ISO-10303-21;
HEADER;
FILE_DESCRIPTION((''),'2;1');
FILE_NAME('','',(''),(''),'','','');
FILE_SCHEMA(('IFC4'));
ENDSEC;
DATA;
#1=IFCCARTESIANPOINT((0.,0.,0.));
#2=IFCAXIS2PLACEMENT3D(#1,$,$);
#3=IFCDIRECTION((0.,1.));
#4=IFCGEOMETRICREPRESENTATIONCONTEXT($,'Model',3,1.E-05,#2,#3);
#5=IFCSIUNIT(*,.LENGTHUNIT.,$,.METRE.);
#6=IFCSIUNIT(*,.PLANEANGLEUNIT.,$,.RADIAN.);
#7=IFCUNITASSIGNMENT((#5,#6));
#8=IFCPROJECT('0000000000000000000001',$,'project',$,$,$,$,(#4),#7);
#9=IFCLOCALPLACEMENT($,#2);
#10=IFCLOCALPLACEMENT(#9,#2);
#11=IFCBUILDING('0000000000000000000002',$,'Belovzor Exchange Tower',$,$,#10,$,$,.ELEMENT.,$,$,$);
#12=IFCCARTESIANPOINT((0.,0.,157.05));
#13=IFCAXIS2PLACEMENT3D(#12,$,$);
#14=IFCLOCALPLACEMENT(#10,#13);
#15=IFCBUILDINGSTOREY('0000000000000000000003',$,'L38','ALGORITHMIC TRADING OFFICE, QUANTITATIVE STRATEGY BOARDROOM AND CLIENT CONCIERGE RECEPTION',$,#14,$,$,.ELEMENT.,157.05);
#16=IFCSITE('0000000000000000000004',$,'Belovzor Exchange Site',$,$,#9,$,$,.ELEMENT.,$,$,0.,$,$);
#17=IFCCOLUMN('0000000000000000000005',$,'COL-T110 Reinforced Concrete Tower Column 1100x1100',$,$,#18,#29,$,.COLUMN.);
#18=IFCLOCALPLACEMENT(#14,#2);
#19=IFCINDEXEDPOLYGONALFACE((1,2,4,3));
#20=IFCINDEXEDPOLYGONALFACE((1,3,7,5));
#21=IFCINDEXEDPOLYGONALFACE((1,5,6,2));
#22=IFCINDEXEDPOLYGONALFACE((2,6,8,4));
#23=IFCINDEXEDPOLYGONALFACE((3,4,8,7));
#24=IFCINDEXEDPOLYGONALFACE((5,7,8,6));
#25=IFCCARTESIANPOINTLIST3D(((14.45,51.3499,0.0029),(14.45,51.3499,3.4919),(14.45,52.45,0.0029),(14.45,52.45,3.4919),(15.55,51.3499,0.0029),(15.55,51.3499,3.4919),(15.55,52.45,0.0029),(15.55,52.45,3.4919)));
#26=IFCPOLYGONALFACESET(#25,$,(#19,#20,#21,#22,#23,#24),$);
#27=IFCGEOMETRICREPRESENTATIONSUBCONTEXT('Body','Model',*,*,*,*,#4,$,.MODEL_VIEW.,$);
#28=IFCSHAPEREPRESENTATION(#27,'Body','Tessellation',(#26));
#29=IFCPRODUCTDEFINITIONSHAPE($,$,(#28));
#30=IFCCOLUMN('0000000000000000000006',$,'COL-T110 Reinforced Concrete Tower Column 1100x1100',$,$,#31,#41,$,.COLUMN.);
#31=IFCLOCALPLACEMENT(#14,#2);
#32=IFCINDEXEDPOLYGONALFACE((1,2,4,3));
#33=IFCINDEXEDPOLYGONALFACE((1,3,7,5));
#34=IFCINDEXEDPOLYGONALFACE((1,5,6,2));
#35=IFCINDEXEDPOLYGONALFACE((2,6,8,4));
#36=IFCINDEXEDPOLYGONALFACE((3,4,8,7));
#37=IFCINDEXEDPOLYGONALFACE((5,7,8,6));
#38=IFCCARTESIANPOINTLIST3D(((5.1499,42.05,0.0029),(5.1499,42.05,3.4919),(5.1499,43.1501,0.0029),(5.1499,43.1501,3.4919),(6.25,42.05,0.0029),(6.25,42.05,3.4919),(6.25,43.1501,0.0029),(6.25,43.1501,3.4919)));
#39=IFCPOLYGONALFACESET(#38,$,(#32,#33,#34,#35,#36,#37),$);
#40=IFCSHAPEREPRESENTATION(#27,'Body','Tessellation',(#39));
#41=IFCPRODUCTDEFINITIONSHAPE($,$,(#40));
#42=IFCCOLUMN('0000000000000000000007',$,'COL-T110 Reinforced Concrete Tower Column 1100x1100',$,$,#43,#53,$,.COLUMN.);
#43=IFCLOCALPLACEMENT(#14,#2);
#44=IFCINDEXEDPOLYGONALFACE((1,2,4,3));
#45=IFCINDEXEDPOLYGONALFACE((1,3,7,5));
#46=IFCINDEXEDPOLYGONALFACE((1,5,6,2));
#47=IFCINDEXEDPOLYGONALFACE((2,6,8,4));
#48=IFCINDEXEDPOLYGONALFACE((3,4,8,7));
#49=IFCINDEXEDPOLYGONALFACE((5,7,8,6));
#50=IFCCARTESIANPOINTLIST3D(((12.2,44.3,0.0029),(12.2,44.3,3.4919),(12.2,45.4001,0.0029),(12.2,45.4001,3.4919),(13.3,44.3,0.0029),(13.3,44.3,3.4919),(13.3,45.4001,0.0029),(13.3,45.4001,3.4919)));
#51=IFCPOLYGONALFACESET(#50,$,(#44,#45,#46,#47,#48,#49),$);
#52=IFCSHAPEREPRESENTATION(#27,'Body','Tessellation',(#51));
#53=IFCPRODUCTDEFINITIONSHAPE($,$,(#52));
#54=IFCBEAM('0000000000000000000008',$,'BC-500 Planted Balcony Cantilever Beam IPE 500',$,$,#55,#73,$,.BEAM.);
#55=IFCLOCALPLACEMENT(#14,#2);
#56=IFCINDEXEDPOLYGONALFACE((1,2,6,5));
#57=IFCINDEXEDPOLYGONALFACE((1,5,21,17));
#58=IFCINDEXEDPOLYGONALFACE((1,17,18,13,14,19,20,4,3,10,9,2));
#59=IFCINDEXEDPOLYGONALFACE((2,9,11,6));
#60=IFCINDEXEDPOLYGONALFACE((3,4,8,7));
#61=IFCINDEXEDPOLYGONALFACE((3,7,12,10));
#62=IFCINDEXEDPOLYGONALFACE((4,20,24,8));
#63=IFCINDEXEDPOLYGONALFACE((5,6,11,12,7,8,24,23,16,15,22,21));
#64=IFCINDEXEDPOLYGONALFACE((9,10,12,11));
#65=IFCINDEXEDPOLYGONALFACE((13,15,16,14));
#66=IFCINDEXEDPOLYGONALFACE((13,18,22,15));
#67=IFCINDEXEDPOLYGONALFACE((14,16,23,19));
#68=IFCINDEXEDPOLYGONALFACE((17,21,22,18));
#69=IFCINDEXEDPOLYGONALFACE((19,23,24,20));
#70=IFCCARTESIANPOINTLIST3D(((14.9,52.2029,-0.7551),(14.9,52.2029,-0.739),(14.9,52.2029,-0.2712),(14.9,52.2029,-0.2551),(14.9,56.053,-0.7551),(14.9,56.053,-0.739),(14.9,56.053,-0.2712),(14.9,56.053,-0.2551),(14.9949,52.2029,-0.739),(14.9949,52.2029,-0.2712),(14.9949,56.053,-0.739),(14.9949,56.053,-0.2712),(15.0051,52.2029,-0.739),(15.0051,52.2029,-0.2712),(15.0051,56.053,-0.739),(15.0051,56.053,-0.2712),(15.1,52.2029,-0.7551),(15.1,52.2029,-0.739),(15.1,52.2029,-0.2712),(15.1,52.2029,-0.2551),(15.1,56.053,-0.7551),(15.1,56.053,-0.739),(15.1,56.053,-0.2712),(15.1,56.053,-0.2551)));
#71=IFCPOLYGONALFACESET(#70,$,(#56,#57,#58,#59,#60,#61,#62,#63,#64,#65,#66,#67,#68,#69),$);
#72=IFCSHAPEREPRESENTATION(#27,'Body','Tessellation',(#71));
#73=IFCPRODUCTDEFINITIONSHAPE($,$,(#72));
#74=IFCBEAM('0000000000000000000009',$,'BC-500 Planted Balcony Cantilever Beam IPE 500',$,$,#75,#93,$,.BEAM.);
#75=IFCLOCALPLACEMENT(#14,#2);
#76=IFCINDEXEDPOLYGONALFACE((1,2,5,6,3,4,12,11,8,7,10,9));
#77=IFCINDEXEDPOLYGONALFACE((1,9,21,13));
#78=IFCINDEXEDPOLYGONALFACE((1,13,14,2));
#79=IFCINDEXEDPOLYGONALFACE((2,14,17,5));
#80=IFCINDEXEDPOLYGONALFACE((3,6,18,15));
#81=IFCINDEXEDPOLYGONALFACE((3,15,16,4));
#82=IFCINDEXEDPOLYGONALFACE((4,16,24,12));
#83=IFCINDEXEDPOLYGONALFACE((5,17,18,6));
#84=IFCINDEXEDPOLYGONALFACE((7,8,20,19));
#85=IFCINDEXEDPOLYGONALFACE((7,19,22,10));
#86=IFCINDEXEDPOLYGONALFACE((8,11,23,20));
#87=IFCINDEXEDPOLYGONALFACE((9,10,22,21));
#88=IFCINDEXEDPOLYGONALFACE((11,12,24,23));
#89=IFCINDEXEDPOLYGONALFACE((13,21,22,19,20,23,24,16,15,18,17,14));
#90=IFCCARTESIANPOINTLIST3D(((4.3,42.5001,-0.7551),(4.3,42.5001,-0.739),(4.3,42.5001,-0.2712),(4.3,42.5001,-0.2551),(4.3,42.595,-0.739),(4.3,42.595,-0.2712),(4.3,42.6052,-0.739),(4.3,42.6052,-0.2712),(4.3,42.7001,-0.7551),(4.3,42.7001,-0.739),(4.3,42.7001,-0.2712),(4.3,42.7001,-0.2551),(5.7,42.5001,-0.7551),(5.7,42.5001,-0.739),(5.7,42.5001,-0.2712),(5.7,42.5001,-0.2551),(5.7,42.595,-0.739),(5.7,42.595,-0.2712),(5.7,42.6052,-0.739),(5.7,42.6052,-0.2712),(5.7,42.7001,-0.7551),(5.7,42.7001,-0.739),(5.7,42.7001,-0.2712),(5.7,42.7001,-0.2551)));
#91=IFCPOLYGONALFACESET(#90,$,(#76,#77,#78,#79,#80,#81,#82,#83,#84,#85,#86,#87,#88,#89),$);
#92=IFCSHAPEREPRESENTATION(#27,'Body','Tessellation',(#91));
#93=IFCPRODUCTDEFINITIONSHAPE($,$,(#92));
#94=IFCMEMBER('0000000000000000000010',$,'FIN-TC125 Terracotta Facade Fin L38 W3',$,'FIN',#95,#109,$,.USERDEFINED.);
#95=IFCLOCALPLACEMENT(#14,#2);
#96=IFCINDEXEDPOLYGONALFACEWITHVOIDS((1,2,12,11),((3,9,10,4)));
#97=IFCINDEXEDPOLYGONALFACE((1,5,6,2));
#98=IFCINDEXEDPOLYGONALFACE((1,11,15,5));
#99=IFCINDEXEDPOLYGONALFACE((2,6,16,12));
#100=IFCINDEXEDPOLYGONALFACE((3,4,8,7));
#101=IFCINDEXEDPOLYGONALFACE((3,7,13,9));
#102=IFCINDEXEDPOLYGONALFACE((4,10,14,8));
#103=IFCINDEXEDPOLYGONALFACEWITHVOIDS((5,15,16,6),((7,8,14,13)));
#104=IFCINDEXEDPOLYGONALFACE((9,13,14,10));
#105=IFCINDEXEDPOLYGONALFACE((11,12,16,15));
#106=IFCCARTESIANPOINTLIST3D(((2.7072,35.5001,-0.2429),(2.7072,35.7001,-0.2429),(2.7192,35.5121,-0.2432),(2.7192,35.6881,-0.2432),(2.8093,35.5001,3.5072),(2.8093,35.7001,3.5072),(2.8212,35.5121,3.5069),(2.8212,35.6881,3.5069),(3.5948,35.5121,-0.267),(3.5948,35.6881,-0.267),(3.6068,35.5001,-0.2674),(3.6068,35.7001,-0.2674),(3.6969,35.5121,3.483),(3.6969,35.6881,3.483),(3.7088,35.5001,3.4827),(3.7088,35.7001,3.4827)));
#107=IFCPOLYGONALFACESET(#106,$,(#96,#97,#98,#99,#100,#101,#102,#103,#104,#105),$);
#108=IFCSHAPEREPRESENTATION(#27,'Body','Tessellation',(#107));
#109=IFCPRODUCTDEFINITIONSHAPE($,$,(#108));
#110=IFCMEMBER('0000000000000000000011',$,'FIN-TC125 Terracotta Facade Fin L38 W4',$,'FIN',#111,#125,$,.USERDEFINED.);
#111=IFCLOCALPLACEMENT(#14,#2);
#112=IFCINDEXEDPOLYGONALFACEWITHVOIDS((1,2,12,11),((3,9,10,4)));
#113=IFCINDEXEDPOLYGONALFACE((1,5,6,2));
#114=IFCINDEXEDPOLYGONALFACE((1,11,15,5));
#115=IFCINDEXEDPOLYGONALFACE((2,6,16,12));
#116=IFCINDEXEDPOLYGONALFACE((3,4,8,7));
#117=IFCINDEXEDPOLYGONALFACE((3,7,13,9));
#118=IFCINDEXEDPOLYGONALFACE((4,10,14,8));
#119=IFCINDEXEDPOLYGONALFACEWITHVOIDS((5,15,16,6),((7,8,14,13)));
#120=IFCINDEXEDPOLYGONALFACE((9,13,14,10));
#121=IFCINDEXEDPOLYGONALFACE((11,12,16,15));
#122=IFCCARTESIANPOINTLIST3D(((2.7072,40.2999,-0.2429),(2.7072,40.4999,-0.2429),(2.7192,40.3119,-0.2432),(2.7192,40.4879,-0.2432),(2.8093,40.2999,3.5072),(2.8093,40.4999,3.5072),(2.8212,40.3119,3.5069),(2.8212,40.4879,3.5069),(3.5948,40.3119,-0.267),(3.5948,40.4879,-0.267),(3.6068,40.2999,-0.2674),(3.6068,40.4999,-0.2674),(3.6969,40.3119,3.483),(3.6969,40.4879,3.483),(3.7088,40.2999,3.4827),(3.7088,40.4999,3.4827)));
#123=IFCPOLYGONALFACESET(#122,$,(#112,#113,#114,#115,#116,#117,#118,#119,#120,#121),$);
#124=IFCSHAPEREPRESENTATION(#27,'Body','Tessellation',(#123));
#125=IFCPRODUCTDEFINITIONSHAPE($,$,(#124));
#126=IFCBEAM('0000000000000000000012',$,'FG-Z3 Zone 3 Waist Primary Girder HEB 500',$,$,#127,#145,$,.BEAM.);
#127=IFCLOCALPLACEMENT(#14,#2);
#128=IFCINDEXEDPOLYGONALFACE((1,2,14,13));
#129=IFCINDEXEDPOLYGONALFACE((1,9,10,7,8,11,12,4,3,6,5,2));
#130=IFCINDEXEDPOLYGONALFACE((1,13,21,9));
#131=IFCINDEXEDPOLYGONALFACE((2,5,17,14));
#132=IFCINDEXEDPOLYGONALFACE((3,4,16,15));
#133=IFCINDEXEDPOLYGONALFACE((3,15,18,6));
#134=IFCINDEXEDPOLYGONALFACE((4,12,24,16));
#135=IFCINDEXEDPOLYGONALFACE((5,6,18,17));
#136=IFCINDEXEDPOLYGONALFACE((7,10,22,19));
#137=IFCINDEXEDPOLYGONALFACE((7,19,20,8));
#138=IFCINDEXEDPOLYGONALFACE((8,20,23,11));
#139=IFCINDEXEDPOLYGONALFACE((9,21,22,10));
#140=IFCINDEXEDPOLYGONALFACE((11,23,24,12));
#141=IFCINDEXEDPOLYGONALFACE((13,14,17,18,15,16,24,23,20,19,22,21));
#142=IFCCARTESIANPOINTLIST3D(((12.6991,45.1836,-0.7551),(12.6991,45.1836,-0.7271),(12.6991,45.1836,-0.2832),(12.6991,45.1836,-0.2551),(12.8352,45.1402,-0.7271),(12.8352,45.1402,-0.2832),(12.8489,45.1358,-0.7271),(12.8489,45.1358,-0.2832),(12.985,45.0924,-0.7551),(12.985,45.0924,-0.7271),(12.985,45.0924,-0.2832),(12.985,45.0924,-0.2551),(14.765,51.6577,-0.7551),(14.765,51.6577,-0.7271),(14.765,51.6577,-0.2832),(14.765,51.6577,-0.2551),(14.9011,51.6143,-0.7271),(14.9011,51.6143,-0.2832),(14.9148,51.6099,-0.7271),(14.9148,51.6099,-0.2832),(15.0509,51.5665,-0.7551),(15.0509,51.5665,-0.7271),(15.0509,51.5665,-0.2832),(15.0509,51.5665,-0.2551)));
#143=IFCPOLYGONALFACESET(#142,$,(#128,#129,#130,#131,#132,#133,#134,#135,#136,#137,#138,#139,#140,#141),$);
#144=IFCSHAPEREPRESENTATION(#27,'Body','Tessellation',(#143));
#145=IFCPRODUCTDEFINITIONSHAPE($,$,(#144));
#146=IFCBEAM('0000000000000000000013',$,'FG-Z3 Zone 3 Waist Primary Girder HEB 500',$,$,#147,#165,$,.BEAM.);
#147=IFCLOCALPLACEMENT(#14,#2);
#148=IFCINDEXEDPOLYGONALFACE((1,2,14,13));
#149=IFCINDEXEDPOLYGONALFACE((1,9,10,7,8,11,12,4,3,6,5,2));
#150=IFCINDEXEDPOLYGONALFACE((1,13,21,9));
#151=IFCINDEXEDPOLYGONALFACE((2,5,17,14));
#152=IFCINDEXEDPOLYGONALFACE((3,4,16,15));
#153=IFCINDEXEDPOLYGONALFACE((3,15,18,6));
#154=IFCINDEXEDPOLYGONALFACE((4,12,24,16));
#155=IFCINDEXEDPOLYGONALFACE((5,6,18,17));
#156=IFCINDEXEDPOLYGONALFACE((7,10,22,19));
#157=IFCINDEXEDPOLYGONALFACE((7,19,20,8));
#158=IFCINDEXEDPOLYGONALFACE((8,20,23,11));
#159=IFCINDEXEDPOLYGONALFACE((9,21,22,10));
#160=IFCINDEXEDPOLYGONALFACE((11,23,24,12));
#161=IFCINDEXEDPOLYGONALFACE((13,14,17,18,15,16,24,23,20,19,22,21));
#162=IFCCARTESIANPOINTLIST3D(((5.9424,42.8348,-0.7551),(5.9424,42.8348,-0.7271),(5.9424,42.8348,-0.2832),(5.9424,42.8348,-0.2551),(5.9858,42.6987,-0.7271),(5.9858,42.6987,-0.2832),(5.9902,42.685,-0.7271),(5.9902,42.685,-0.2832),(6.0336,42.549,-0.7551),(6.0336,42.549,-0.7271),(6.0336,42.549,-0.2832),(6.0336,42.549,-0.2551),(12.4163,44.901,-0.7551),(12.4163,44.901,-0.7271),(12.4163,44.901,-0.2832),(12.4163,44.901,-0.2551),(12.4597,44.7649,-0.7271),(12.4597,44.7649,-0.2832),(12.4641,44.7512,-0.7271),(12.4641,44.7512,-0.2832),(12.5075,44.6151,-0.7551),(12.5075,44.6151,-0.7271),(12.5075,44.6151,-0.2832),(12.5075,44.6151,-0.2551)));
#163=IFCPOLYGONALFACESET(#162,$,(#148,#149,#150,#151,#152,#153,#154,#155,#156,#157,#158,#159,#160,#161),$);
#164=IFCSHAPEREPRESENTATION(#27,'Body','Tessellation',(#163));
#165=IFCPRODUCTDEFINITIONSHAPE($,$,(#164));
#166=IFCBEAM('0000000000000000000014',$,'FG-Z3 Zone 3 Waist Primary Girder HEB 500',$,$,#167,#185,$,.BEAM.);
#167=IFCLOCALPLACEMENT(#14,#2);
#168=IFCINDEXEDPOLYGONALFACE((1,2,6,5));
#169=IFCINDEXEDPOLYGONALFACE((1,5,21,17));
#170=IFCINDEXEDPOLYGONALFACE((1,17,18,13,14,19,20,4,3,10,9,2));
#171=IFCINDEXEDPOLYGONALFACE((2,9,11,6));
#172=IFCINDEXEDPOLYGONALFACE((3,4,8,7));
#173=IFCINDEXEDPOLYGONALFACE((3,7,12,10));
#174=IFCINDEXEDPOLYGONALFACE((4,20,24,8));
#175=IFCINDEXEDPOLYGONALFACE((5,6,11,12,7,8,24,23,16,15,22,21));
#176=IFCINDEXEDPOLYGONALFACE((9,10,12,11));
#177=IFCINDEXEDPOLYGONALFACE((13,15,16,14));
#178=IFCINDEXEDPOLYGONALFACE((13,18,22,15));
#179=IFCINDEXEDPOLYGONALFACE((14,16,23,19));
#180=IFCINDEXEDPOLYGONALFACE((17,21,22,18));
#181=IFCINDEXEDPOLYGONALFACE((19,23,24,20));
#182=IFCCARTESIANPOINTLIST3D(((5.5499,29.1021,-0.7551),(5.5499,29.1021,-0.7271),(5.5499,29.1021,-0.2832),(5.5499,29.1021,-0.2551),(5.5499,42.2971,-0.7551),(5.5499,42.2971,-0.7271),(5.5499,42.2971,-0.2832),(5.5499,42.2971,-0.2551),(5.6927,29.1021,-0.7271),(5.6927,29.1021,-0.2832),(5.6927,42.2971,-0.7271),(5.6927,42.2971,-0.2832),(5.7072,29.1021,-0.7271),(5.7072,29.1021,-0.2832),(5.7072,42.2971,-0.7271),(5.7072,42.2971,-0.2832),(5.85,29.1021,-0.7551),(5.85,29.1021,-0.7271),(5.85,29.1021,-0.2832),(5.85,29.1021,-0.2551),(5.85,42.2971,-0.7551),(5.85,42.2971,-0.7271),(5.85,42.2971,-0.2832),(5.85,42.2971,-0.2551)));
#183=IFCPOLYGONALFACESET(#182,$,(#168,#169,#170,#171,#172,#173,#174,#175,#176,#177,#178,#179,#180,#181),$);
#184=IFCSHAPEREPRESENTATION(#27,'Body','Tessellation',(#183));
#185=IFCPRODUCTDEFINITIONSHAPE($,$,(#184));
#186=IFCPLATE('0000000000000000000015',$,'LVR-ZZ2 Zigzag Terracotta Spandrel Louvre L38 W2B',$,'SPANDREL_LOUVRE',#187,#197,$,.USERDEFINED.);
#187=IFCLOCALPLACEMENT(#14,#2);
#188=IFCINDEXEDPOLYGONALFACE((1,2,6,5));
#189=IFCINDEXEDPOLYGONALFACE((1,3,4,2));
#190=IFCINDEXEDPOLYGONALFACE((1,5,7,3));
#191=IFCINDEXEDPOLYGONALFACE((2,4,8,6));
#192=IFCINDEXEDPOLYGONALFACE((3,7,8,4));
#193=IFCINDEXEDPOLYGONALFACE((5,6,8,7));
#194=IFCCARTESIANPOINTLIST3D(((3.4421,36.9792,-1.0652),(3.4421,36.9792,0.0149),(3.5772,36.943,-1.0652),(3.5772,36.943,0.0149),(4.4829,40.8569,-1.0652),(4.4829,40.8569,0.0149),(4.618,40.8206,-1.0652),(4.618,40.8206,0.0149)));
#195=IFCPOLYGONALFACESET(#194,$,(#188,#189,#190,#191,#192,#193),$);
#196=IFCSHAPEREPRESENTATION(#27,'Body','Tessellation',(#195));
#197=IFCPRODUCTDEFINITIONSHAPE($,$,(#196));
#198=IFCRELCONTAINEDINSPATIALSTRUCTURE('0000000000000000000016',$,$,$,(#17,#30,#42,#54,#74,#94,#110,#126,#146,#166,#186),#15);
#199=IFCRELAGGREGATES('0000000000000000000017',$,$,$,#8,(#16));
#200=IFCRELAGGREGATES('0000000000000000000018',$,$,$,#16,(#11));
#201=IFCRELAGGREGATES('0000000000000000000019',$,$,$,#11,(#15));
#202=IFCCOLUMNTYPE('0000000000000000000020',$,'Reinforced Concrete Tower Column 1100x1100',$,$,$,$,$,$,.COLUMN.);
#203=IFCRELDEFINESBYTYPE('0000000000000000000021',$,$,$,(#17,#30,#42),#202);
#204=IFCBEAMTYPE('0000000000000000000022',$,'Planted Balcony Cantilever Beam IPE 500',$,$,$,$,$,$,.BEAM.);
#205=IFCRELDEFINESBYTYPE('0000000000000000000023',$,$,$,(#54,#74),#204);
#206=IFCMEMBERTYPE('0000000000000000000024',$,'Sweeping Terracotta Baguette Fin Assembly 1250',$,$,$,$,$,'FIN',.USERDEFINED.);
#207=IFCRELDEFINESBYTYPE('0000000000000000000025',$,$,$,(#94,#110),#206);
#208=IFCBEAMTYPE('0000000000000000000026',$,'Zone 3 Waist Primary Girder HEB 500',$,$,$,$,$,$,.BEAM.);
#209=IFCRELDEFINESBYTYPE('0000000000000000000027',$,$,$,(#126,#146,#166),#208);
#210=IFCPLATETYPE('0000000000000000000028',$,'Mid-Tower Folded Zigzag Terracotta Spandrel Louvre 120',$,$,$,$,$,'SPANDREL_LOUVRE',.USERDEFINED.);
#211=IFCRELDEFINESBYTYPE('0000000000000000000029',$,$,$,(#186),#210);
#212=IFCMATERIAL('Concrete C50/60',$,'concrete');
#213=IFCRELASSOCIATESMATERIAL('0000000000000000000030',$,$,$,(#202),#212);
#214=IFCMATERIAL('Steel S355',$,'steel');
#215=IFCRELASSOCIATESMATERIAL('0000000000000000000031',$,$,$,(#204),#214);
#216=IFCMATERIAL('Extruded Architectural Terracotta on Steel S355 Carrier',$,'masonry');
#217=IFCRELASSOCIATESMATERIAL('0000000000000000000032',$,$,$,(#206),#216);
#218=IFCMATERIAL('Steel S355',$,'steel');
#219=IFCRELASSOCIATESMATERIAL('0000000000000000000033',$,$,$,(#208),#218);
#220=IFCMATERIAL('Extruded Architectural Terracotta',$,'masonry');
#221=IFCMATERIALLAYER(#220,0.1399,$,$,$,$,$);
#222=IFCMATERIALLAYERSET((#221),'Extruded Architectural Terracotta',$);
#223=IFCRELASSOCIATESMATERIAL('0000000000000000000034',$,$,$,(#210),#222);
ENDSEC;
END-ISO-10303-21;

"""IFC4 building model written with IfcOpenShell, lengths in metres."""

from ifc_helpers import new_model, si_unit, direction, frame, origin, origin_2d, place, context, subcontext, project, spatial, rectangle, hollow_rectangle, i_section, extrude, material, layer, layer_set, material_profile, profile_set, type_object, element, save


model = new_model("IFC4")

# Units and contexts
model_context = context("Model", 3, precision=1e-05, world=origin(), true_north=direction((0.0, 1.0)))
body_context = subcontext(model_context, "Body", "Model", "MODEL_VIEW")
ifc_project = project(units=[si_unit("LENGTHUNIT", "METRE"), si_unit("PLANEANGLEUNIT", "RADIAN")], contexts=[model_context])

# Site, building, storey
site_placement = place(None, origin())
site = spatial("IfcSite", under=ifc_project, at=site_placement, Name="Belovzor Exchange Site", CompositionType="ELEMENT", RefElevation=0.0)
building_placement = place(site_placement, origin())
building = spatial("IfcBuilding", under=site, at=building_placement, Name="Belovzor Exchange Tower", CompositionType="ELEMENT")
storey_placement = place(building_placement, frame((0.0, 0.0, 157.05)))
storey = spatial("IfcBuildingStorey", under=building, at=storey_placement, Name="L38", Description="ALGORITHMIC TRADING OFFICE, QUANTITATIVE STRATEGY BOARDROOM AND CLIENT CONCIERGE RECEPTION", CompositionType="ELEMENT", Elevation=157.05)

# Columns
ifc_material_1 = material(Name="Concrete C50/60", Category="concrete")
ifc_material_profile_1 = material_profile(ifc_material_1, rectangle(XDim=1.1001, YDim=1.1001, at=origin_2d()))
ifc_profile_set_1 = profile_set([ifc_material_profile_1], Name="Concrete C50/60")
column_type = type_object("IfcColumnType", Name="Reinforced Concrete Tower Column 1100x1100", PredefinedType="COLUMN", material=ifc_profile_set_1)
for number, where, z_axis, x_axis, name in (
    (1, (15.0, 51.8999, 0.0029), (0.0, 0.0, 1.0), (1.0, 0.0, 0.0), "COL-T110 Reinforced Concrete Tower Column 1100x1100"),
    (2, (5.7, 42.6001, 0.0029), (0.0, 0.0, 1.0), (1.0, 0.0, 0.0), "COL-T110 Reinforced Concrete Tower Column 1100x1100"),
    (3, (12.75, 44.8501, 0.0029), (0.0, 0.0, 1.0), (1.0, 0.0, 0.0), "COL-T110 Reinforced Concrete Tower Column 1100x1100"),
):
    element("IfcColumn", number, at=place(storey_placement, frame(where, z_axis=z_axis, x_axis=x_axis)), inside=storey, type_object=column_type, Name=name, PredefinedType="COLUMN", context=body_context, shape_type="SweptSolid", body=[
        extrude(rectangle(XDim=1.1001, YDim=1.1001, at=origin_2d()), origin(), (0.0, 0.0, 1.0), 3.489),
    ])

# Beams
ifc_material_2 = material(Name="Steel S355", Category="steel")
ifc_material_profile_2 = material_profile(ifc_material_2, i_section(OverallWidth=0.2, OverallDepth=0.5, WebThickness=0.0103, FlangeThickness=0.0161, at=origin_2d()))
ifc_profile_set_2 = profile_set([ifc_material_profile_2], Name="Steel S355")
beam_type_1 = type_object("IfcBeamType", Name="Planted Balcony Cantilever Beam IPE 500", PredefinedType="BEAM", material=ifc_profile_set_2)
beam_1_placement = place(storey_placement, frame((15.0, 52.2029, -0.5051), z_axis=(0.0, 1.0, 0.0), x_axis=(-1.0, 0.0, 0.0)))
element("IfcBeam", 4, at=beam_1_placement, inside=storey, type_object=beam_type_1, Name="BC-500 Planted Balcony Cantilever Beam IPE 500", PredefinedType="BEAM", context=body_context, shape_type="SweptSolid", body=[
    extrude(i_section(OverallWidth=0.2, OverallDepth=0.5, WebThickness=0.0103, FlangeThickness=0.0161, at=origin_2d()), origin(), (0.0, 0.0, 1.0), 3.8501),
])
beam_2_placement = place(storey_placement, frame((5.7, 42.6001, -0.5051), z_axis=(-1.0, 0.0, 0.0), x_axis=(0.0, -1.0, 0.0)))
element("IfcBeam", 5, at=beam_2_placement, inside=storey, type_object=beam_type_1, Name="BC-500 Planted Balcony Cantilever Beam IPE 500", PredefinedType="BEAM", context=body_context, shape_type="SweptSolid", body=[
    extrude(i_section(OverallWidth=0.2, OverallDepth=0.5, WebThickness=0.0103, FlangeThickness=0.0161, at=origin_2d()), origin(), (0.0, 0.0, 1.0), 1.3999),
])

# Members
ifc_material_3 = material(Name="Extruded Architectural Terracotta on Steel S355 Carrier", Category="masonry")
ifc_material_profile_3 = material_profile(ifc_material_3, hollow_rectangle(XDim=0.2, YDim=0.8999, WallThickness=0.012, at=origin_2d()))
ifc_profile_set_3 = profile_set([ifc_material_profile_3], Name="Extruded Architectural Terracotta on Steel S355 Carrier")
member_type = type_object("IfcMemberType", Name="Sweeping Terracotta Baguette Fin Assembly 1250", ElementType="FIN", PredefinedType="USERDEFINED", material=ifc_profile_set_3)
for number, where, z_axis, x_axis, name in (
    (6, (3.157, 35.6001, -0.2551), (0.027203, 0.0, 0.99963), (0.0, 1.0, 0.0), "FIN-TC125 Terracotta Facade Fin L38 W3"),
    (7, (3.157, 40.3999, -0.2551), (0.027203, 0.0, 0.99963), (0.0, 1.0, 0.0), "FIN-TC125 Terracotta Facade Fin L38 W4"),
):
    element("IfcMember", number, at=place(storey_placement, frame(where, z_axis=z_axis, x_axis=x_axis)), inside=storey, type_object=member_type, Name=name, ObjectType="FIN", PredefinedType="USERDEFINED", context=body_context, shape_type="SweptSolid", body=[
        extrude(hollow_rectangle(XDim=0.2, YDim=0.8999, WallThickness=0.012, at=origin_2d()), origin(), (0.0, 0.0, 1.0), 3.7515),
    ])

# Beams
ifc_material_4 = material(Name="Steel S355", Category="steel")
ifc_material_profile_4 = material_profile(ifc_material_4, i_section(OverallWidth=0.3, OverallDepth=0.5, WebThickness=0.0144, FlangeThickness=0.0281, at=origin_2d()))
ifc_profile_set_4 = profile_set([ifc_material_profile_4], Name="Steel S355")
beam_type_2 = type_object("IfcBeamType", Name="Zone 3 Waist Primary Girder HEB 500", PredefinedType="BEAM", material=ifc_profile_set_4)
for number, where, z_axis, x_axis, name in (
    (8, (14.908, 51.6121, -0.5051), (-0.304001, -0.952672, 0.0), (0.952672, -0.304001, 0.0), "FG-Z3 Zone 3 Waist Primary Girder HEB 500"),
    (9, (12.4619, 44.7581, -0.5051), (-0.952658, -0.304044, 0.0), (0.304044, -0.952658, 0.0), "FG-Z3 Zone 3 Waist Primary Girder HEB 500"),
):
    element("IfcBeam", number, at=place(storey_placement, frame(where, z_axis=z_axis, x_axis=x_axis)), inside=storey, type_object=beam_type_2, Name=name, PredefinedType="BEAM", context=body_context, shape_type="SweptSolid", body=[
        extrude(i_section(OverallWidth=0.3, OverallDepth=0.5, WebThickness=0.0144, FlangeThickness=0.0281, at=origin_2d()), origin(), (0.0, 0.0, 1.0), 6.7957),
    ])
beam_3_placement = place(storey_placement, frame((5.7, 42.2971, -0.5051), z_axis=(0.0, -1.0, 0.0), x_axis=(1.0, 0.0, 0.0)))
element("IfcBeam", 10, at=beam_3_placement, inside=storey, type_object=beam_type_2, Name="FG-Z3 Zone 3 Waist Primary Girder HEB 500", PredefinedType="BEAM", context=body_context, shape_type="SweptSolid", body=[
    extrude(i_section(OverallWidth=0.3, OverallDepth=0.5, WebThickness=0.0144, FlangeThickness=0.0281, at=origin_2d()), origin(), (0.0, 0.0, 1.0), 13.1951),
])

# Plate
ifc_material_5 = material(Name="Extruded Architectural Terracotta", Category="masonry")
ifc_layer_1 = layer(ifc_material_5, 0.1399)
ifc_layer_set_1 = layer_set([ifc_layer_1], Name="Extruded Architectural Terracotta")
plate_type = type_object("IfcPlateType", Name="Mid-Tower Folded Zigzag Terracotta Spandrel Louvre 120", ElementType="SPANDREL_LOUVRE", PredefinedType="USERDEFINED", material=ifc_layer_set_1)
plate_placement = place(storey_placement, frame((4.03, 38.8999, -1.0652), z_axis=(0.0, 0.0, 1.0), x_axis=(0.25924, 0.965813, 0.0)))
element("IfcPlate", 11, at=plate_placement, inside=storey, type_object=plate_type, Name="LVR-ZZ2 Zigzag Terracotta Spandrel Louvre L38 W2B", ObjectType="SPANDREL_LOUVRE", PredefinedType="USERDEFINED", context=body_context, shape_type="SweptSolid", body=[
    extrude(rectangle(XDim=4.0149, YDim=0.1399, at=origin_2d()), origin(), (0.0, 0.0, 1.0), 1.0801),
])

save(model, "model.ifc")
